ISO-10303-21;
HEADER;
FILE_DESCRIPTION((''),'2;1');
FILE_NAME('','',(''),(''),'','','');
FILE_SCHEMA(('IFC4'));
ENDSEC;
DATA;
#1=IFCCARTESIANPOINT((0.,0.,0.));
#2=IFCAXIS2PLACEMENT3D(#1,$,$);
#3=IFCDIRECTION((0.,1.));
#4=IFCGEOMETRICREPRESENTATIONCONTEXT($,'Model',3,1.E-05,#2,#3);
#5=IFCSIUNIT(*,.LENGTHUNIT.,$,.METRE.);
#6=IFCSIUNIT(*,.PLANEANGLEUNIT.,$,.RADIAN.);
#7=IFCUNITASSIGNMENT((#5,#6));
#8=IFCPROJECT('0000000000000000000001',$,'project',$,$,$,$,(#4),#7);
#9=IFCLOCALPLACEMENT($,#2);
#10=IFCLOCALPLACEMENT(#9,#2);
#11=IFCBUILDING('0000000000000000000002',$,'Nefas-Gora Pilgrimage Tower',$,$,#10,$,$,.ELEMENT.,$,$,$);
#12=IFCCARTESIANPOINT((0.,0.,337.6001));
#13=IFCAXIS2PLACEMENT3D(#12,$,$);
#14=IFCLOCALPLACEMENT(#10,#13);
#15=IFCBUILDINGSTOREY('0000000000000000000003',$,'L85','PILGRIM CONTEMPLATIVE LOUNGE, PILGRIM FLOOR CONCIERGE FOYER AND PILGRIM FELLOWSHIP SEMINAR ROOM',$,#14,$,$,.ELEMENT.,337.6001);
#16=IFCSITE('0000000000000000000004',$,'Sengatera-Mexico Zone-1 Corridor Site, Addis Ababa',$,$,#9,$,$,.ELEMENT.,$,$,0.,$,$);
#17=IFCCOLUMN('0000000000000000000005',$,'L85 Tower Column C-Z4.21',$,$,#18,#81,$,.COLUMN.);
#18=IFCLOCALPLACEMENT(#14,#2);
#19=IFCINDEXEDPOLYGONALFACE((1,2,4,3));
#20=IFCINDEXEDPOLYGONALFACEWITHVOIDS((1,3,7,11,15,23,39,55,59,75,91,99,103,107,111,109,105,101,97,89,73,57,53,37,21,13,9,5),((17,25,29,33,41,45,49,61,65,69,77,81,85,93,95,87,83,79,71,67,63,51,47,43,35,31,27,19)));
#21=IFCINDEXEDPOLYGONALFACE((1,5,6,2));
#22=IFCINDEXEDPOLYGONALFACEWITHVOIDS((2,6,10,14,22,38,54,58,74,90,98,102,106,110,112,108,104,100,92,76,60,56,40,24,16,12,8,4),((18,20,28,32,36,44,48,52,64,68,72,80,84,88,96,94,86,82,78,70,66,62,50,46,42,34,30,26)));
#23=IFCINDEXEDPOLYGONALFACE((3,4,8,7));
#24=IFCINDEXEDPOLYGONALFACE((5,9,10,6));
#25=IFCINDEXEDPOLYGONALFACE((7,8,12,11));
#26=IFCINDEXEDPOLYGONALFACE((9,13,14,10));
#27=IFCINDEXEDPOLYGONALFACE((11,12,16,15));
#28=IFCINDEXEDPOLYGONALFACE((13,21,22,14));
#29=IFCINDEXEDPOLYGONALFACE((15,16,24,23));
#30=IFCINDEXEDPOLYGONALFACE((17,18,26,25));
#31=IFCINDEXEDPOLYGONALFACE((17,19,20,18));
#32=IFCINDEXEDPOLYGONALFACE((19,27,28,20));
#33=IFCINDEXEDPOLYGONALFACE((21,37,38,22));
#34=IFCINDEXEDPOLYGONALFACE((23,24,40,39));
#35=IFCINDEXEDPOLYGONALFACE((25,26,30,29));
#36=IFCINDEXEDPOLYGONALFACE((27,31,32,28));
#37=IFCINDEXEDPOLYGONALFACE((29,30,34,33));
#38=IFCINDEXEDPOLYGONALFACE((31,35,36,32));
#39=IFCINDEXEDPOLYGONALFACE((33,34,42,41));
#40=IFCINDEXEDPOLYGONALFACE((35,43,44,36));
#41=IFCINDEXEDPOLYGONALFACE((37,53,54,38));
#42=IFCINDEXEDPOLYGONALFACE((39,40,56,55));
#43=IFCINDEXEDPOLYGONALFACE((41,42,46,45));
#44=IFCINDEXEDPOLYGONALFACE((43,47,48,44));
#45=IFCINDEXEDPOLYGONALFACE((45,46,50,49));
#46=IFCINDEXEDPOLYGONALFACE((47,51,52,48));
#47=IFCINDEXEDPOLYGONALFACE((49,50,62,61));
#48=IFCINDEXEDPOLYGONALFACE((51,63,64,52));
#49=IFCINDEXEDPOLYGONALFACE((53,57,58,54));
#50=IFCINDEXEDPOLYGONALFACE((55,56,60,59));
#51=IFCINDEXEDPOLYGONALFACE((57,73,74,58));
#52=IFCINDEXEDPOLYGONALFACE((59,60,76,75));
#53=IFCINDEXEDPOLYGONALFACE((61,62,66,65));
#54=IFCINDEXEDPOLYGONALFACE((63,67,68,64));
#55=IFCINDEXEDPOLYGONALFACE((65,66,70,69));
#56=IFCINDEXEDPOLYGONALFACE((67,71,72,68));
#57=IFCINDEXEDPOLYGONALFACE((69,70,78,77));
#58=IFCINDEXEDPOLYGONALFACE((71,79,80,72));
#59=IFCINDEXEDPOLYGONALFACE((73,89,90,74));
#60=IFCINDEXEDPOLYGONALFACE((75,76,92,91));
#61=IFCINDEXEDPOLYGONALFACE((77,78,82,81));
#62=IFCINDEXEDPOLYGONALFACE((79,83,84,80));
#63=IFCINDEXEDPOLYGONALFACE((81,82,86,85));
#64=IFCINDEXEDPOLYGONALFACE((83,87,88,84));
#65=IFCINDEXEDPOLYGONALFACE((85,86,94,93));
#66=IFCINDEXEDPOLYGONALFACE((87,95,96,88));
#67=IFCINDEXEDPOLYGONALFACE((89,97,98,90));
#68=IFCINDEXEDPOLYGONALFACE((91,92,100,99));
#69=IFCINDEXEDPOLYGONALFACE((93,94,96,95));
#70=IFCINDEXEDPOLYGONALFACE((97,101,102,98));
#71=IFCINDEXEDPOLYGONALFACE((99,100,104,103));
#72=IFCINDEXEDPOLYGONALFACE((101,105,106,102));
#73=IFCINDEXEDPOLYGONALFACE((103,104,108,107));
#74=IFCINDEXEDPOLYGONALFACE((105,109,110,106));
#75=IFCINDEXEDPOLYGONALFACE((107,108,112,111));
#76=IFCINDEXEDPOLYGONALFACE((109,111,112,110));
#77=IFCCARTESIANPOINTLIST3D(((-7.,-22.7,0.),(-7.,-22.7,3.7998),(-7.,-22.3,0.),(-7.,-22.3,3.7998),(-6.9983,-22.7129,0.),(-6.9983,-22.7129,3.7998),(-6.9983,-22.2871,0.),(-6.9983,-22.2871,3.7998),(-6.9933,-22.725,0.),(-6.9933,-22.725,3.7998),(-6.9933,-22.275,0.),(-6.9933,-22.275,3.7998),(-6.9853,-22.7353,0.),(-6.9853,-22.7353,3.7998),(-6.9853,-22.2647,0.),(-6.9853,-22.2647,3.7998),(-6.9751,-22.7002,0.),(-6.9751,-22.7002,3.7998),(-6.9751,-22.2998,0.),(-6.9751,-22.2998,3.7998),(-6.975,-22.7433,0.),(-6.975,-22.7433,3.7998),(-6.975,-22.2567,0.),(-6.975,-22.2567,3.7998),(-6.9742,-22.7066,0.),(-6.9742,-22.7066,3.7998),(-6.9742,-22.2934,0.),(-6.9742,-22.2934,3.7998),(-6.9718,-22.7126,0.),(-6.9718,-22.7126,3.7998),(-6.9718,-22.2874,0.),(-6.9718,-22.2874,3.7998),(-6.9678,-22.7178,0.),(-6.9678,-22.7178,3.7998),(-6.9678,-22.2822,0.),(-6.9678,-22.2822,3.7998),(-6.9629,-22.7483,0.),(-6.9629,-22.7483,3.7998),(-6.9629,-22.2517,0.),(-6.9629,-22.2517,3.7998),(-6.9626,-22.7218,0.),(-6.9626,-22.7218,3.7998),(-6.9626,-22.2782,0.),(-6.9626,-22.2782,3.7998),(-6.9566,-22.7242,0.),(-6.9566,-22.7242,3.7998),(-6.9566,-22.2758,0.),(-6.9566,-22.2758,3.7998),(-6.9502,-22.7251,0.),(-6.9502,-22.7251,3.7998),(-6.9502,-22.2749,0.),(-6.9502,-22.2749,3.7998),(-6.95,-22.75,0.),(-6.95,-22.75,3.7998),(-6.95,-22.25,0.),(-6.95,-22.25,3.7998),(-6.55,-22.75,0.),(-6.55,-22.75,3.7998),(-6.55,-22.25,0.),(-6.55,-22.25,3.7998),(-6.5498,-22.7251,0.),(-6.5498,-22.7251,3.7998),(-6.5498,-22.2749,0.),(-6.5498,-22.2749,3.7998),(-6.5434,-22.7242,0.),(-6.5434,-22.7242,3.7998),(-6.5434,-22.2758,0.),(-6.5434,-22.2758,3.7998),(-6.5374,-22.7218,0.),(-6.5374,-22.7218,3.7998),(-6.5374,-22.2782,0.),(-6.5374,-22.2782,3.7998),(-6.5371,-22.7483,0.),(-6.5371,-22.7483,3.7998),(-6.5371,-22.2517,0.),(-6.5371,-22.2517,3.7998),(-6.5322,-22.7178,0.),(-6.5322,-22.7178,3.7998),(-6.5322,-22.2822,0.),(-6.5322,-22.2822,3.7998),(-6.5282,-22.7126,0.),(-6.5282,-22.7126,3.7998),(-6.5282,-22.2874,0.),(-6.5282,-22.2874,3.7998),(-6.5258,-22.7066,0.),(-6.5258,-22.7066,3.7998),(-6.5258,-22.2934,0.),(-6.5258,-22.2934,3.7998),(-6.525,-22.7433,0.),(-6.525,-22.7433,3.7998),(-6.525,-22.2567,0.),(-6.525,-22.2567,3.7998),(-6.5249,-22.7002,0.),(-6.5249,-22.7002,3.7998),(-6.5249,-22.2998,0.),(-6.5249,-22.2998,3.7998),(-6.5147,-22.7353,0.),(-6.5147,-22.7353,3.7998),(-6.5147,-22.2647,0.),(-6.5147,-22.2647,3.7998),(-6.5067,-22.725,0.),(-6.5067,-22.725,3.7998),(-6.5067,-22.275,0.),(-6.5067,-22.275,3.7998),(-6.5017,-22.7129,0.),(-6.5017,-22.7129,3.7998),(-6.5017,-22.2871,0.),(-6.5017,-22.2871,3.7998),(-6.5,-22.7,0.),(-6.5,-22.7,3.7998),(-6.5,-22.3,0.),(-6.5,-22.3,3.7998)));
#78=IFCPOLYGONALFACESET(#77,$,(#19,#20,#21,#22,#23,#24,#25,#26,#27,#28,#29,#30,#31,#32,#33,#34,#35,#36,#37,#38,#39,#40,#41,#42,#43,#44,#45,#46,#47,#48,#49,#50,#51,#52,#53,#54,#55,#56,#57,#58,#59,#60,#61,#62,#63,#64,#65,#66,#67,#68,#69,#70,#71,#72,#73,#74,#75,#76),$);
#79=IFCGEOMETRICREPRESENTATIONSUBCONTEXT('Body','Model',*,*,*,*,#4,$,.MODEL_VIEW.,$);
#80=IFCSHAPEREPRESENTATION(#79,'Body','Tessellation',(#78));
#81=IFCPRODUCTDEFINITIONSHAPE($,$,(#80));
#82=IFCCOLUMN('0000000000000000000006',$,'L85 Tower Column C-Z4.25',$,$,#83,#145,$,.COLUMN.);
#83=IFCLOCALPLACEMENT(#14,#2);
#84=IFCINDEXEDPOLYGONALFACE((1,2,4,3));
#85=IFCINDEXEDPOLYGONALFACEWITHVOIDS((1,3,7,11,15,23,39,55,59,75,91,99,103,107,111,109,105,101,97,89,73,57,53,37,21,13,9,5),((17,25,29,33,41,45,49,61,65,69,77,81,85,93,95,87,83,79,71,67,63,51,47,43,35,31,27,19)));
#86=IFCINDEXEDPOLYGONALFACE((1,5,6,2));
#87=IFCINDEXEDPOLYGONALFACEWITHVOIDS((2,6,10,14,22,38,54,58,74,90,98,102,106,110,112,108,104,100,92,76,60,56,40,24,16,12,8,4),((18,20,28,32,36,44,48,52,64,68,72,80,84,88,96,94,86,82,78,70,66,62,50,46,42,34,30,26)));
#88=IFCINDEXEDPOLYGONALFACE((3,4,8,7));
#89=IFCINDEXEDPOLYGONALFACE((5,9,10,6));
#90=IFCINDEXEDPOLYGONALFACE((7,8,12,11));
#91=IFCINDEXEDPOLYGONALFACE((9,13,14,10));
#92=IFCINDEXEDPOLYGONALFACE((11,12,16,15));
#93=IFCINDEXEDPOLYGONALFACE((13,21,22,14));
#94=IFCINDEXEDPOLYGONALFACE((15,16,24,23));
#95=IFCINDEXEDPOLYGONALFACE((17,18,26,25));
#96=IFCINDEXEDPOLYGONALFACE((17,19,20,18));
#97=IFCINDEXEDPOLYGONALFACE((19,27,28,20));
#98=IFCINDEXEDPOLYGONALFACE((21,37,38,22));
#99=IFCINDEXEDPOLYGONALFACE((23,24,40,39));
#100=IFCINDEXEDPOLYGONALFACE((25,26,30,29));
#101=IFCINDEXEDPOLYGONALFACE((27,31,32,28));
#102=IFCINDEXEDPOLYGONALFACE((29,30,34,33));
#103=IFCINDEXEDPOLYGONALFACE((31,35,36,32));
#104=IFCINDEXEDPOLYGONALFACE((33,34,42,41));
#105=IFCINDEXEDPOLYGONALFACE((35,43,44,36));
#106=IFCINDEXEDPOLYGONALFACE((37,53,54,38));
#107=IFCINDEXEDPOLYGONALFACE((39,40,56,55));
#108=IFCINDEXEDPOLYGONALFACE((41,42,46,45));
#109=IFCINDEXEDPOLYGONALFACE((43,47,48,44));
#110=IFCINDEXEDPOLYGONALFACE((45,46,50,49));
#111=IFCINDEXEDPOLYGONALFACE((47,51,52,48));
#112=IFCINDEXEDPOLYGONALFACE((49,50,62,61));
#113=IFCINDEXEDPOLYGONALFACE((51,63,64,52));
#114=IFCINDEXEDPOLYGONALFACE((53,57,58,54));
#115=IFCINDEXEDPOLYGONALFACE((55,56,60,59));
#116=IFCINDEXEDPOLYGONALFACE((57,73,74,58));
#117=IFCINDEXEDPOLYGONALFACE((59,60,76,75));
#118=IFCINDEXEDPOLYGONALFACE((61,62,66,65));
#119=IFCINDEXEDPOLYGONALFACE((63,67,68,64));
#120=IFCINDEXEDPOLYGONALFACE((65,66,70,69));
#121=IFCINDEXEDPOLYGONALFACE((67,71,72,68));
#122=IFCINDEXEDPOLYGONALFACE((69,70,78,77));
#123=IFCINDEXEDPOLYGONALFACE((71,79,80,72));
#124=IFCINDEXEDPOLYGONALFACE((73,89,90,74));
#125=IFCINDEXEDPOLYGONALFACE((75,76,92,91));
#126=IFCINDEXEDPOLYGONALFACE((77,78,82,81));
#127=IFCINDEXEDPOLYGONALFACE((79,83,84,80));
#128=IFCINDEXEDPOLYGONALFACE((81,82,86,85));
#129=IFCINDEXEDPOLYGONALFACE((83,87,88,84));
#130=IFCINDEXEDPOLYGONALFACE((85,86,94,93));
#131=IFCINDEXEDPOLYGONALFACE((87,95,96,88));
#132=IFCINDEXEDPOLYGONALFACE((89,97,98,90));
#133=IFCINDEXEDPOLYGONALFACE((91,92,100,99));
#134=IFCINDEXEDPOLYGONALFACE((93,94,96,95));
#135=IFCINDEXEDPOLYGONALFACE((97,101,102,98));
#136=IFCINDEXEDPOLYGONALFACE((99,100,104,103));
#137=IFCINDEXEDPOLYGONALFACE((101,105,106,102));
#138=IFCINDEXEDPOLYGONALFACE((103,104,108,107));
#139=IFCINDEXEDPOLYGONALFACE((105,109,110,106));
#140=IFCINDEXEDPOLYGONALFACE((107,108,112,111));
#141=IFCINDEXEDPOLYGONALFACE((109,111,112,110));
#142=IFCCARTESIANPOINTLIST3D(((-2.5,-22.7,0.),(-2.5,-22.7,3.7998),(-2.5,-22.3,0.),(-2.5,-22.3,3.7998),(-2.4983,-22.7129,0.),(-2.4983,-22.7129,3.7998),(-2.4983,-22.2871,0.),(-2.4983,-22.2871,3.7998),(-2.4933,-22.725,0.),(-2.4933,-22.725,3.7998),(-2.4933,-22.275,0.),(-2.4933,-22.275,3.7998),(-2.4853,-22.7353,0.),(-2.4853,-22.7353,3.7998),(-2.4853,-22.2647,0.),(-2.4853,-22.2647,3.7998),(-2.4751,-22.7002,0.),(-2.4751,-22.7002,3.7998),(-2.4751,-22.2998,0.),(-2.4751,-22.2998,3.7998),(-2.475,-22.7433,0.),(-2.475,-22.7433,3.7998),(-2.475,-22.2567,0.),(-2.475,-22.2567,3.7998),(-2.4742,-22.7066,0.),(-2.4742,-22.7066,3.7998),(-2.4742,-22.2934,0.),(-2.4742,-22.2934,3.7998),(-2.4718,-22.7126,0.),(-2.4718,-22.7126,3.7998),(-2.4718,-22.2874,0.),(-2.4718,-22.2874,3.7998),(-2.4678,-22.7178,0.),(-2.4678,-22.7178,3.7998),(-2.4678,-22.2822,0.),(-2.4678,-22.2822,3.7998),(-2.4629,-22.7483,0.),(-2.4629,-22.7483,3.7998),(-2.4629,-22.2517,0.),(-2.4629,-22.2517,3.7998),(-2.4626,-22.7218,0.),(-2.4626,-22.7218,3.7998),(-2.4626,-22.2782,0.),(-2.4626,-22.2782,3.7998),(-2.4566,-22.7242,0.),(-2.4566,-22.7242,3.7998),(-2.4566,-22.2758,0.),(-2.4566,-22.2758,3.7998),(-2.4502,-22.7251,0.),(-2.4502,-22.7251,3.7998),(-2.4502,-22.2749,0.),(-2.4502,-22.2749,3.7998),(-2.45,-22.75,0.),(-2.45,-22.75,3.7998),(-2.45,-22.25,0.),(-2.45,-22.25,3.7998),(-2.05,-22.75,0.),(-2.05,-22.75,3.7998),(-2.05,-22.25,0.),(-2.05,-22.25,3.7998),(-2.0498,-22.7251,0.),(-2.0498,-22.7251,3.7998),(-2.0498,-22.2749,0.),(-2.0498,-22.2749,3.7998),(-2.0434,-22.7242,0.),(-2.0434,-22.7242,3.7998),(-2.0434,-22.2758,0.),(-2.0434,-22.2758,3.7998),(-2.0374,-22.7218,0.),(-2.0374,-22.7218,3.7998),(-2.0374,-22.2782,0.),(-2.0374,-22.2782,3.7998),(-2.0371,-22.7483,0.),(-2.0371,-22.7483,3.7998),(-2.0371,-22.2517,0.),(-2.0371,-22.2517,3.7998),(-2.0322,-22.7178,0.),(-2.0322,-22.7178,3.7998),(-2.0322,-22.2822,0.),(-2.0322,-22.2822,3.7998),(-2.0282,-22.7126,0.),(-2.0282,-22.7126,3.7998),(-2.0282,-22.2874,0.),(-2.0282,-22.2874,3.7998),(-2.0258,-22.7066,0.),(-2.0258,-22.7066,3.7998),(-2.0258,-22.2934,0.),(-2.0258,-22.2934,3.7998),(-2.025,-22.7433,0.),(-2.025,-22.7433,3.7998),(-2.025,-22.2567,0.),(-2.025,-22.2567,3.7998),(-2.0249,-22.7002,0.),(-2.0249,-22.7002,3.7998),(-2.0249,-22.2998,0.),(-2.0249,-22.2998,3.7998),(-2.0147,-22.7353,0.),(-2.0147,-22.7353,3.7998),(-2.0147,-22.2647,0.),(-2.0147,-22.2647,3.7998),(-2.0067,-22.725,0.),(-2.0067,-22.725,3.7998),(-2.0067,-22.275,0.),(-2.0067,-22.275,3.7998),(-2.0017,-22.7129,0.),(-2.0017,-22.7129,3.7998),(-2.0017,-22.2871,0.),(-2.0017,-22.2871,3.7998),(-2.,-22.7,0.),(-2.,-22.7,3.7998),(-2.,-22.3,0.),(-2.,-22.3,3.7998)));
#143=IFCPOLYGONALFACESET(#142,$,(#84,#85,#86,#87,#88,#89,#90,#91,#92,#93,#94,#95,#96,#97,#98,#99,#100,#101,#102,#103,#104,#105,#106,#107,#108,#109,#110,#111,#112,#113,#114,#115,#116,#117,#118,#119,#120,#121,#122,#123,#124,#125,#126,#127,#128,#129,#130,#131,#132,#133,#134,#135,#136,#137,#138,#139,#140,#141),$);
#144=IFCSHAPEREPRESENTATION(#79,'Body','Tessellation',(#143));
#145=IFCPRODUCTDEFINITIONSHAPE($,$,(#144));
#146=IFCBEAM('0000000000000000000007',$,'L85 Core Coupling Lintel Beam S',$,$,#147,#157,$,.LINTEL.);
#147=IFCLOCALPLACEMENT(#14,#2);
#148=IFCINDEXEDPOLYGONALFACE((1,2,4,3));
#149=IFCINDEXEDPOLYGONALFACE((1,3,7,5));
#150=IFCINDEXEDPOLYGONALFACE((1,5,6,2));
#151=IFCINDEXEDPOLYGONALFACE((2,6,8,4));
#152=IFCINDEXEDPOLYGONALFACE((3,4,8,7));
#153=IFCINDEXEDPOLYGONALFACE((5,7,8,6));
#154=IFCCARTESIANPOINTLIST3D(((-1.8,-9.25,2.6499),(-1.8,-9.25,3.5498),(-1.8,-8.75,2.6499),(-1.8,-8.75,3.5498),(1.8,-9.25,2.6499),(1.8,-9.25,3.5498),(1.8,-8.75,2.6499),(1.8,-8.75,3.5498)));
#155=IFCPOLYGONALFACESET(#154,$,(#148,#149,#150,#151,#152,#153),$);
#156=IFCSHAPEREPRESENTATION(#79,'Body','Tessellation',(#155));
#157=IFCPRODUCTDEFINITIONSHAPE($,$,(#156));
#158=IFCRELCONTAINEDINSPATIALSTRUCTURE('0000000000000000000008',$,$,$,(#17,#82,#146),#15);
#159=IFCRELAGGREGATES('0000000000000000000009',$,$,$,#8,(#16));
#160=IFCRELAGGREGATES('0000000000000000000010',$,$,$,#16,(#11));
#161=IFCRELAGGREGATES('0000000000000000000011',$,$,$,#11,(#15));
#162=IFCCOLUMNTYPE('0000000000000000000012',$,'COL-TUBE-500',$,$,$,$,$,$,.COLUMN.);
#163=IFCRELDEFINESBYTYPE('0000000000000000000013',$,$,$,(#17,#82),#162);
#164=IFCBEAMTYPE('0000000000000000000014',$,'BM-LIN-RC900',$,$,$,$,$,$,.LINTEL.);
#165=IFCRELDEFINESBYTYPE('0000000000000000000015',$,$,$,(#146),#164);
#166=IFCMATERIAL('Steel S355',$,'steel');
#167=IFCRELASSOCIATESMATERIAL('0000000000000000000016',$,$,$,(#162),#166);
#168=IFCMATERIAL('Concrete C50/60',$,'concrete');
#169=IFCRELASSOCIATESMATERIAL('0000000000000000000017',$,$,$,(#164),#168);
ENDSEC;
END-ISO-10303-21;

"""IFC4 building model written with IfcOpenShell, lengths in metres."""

from ifc_helpers import new_model, si_unit, direction, frame, origin, origin_2d, place, context, subcontext, project, spatial, rectangle, hollow_rectangle, extrude, source, transform, mapped, material, material_profile, profile_set, type_object, element, save


model = new_model("IFC4")

# Units and contexts
model_context = context("Model", 3, precision=1e-05, world=origin(), true_north=direction((0.0, 1.0)))
body_context = subcontext(model_context, "Body", "Model", "MODEL_VIEW")
ifc_project = project(units=[si_unit("LENGTHUNIT", "METRE"), si_unit("PLANEANGLEUNIT", "RADIAN")], contexts=[model_context])

# Site, building, storey
site_placement = place(None, origin())
site = spatial("IfcSite", under=ifc_project, at=site_placement, Name="Sengatera-Mexico Zone-1 Corridor Site, Addis Ababa", CompositionType="ELEMENT", RefElevation=0.0)
building_placement = place(site_placement, origin())
building = spatial("IfcBuilding", under=site, at=building_placement, Name="Nefas-Gora Pilgrimage Tower", CompositionType="ELEMENT")
storey_placement = place(building_placement, frame((0.0, 0.0, 337.6001)))
storey = spatial("IfcBuildingStorey", under=building, at=storey_placement, Name="L85", Description="PILGRIM CONTEMPLATIVE LOUNGE, PILGRIM FLOOR CONCIERGE FOYER AND PILGRIM FELLOWSHIP SEMINAR ROOM", CompositionType="ELEMENT", Elevation=337.6001)

# Columns
ifc_material_1 = material(Name="Steel S355", Category="steel")
ifc_material_profile_1 = material_profile(ifc_material_1, hollow_rectangle(XDim=0.5, YDim=0.5, WallThickness=0.0249, InnerFilletRadius=0.0249, OuterFilletRadius=0.05, at=origin_2d()), Name="SHS 500x500x25")
ifc_profile_set_1 = profile_set([ifc_material_profile_1], Name="Steel S355")
column_type_1 = type_object("IfcColumnType", Name="COL-TUBE-500", PredefinedType="COLUMN", material=ifc_profile_set_1)
shared_shape_1 = source(origin(), body_context, "Body", "SweptSolid", [
    extrude(hollow_rectangle(XDim=0.5, YDim=0.5, WallThickness=0.0249, InnerFilletRadius=0.0249, OuterFilletRadius=0.05, at=origin_2d()), origin(), (0.0, 0.0, 1.0), 3.7998),
])
for number, where, z_axis, x_axis, name in (
    (1, (-6.75, -22.5, 0.0), (0.0, 0.0, 1.0), (1.0, 0.0, 0.0), "L85 Tower Column C-Z4.21"),
    (2, (-2.25, -22.5, 0.0), (0.0, 0.0, 1.0), (1.0, 0.0, 0.0), "L85 Tower Column C-Z4.25"),
):
    element("IfcColumn", number, at=place(storey_placement, frame(where, z_axis=z_axis, x_axis=x_axis)), inside=storey, type_object=column_type_1, Name=name, PredefinedType="COLUMN", context=body_context, shape_type="MappedRepresentation", body=[
        mapped(shared_shape_1, transform((0.0, 0.0, 0.0), x_axis=(1.0, 0.0, 0.0), y_axis=(0.0, 1.0, 0.0), z_axis=(0.0, 0.0, 1.0), scale=1.0)),
    ])

# Beam
ifc_material_2 = material(Name="Concrete C50/60", Category="concrete")
ifc_material_profile_2 = material_profile(ifc_material_2, rectangle(XDim=0.5, YDim=0.8999, at=origin_2d()), Name="RC 500x900")
ifc_profile_set_2 = profile_set([ifc_material_profile_2], Name="Concrete C50/60")
beam_type_1 = type_object("IfcBeamType", Name="BM-LIN-RC900", PredefinedType="LINTEL", material=ifc_profile_set_2)
shared_shape_2 = source(origin(), body_context, "Body", "SweptSolid", [
    extrude(rectangle(XDim=0.5, YDim=0.8999, at=origin_2d()), origin(), (0.0, 0.0, 1.0), 3.6001),
])
beam_placement = place(storey_placement, frame((-1.8, -9.0, 3.0999), z_axis=(1.0, 0.0, 0.0), x_axis=(0.0, 1.0, 0.0)))
element("IfcBeam", 3, at=beam_placement, inside=storey, type_object=beam_type_1, Name="L85 Core Coupling Lintel Beam S", PredefinedType="LINTEL", context=body_context, shape_type="MappedRepresentation", body=[
    mapped(shared_shape_2, transform((0.0, 0.0, 0.0), x_axis=(1.0, 0.0, 0.0), y_axis=(0.0, 1.0, 0.0), z_axis=(0.0, 0.0, 1.0), scale=1.0)),
])

save(model, "model.ifc")
